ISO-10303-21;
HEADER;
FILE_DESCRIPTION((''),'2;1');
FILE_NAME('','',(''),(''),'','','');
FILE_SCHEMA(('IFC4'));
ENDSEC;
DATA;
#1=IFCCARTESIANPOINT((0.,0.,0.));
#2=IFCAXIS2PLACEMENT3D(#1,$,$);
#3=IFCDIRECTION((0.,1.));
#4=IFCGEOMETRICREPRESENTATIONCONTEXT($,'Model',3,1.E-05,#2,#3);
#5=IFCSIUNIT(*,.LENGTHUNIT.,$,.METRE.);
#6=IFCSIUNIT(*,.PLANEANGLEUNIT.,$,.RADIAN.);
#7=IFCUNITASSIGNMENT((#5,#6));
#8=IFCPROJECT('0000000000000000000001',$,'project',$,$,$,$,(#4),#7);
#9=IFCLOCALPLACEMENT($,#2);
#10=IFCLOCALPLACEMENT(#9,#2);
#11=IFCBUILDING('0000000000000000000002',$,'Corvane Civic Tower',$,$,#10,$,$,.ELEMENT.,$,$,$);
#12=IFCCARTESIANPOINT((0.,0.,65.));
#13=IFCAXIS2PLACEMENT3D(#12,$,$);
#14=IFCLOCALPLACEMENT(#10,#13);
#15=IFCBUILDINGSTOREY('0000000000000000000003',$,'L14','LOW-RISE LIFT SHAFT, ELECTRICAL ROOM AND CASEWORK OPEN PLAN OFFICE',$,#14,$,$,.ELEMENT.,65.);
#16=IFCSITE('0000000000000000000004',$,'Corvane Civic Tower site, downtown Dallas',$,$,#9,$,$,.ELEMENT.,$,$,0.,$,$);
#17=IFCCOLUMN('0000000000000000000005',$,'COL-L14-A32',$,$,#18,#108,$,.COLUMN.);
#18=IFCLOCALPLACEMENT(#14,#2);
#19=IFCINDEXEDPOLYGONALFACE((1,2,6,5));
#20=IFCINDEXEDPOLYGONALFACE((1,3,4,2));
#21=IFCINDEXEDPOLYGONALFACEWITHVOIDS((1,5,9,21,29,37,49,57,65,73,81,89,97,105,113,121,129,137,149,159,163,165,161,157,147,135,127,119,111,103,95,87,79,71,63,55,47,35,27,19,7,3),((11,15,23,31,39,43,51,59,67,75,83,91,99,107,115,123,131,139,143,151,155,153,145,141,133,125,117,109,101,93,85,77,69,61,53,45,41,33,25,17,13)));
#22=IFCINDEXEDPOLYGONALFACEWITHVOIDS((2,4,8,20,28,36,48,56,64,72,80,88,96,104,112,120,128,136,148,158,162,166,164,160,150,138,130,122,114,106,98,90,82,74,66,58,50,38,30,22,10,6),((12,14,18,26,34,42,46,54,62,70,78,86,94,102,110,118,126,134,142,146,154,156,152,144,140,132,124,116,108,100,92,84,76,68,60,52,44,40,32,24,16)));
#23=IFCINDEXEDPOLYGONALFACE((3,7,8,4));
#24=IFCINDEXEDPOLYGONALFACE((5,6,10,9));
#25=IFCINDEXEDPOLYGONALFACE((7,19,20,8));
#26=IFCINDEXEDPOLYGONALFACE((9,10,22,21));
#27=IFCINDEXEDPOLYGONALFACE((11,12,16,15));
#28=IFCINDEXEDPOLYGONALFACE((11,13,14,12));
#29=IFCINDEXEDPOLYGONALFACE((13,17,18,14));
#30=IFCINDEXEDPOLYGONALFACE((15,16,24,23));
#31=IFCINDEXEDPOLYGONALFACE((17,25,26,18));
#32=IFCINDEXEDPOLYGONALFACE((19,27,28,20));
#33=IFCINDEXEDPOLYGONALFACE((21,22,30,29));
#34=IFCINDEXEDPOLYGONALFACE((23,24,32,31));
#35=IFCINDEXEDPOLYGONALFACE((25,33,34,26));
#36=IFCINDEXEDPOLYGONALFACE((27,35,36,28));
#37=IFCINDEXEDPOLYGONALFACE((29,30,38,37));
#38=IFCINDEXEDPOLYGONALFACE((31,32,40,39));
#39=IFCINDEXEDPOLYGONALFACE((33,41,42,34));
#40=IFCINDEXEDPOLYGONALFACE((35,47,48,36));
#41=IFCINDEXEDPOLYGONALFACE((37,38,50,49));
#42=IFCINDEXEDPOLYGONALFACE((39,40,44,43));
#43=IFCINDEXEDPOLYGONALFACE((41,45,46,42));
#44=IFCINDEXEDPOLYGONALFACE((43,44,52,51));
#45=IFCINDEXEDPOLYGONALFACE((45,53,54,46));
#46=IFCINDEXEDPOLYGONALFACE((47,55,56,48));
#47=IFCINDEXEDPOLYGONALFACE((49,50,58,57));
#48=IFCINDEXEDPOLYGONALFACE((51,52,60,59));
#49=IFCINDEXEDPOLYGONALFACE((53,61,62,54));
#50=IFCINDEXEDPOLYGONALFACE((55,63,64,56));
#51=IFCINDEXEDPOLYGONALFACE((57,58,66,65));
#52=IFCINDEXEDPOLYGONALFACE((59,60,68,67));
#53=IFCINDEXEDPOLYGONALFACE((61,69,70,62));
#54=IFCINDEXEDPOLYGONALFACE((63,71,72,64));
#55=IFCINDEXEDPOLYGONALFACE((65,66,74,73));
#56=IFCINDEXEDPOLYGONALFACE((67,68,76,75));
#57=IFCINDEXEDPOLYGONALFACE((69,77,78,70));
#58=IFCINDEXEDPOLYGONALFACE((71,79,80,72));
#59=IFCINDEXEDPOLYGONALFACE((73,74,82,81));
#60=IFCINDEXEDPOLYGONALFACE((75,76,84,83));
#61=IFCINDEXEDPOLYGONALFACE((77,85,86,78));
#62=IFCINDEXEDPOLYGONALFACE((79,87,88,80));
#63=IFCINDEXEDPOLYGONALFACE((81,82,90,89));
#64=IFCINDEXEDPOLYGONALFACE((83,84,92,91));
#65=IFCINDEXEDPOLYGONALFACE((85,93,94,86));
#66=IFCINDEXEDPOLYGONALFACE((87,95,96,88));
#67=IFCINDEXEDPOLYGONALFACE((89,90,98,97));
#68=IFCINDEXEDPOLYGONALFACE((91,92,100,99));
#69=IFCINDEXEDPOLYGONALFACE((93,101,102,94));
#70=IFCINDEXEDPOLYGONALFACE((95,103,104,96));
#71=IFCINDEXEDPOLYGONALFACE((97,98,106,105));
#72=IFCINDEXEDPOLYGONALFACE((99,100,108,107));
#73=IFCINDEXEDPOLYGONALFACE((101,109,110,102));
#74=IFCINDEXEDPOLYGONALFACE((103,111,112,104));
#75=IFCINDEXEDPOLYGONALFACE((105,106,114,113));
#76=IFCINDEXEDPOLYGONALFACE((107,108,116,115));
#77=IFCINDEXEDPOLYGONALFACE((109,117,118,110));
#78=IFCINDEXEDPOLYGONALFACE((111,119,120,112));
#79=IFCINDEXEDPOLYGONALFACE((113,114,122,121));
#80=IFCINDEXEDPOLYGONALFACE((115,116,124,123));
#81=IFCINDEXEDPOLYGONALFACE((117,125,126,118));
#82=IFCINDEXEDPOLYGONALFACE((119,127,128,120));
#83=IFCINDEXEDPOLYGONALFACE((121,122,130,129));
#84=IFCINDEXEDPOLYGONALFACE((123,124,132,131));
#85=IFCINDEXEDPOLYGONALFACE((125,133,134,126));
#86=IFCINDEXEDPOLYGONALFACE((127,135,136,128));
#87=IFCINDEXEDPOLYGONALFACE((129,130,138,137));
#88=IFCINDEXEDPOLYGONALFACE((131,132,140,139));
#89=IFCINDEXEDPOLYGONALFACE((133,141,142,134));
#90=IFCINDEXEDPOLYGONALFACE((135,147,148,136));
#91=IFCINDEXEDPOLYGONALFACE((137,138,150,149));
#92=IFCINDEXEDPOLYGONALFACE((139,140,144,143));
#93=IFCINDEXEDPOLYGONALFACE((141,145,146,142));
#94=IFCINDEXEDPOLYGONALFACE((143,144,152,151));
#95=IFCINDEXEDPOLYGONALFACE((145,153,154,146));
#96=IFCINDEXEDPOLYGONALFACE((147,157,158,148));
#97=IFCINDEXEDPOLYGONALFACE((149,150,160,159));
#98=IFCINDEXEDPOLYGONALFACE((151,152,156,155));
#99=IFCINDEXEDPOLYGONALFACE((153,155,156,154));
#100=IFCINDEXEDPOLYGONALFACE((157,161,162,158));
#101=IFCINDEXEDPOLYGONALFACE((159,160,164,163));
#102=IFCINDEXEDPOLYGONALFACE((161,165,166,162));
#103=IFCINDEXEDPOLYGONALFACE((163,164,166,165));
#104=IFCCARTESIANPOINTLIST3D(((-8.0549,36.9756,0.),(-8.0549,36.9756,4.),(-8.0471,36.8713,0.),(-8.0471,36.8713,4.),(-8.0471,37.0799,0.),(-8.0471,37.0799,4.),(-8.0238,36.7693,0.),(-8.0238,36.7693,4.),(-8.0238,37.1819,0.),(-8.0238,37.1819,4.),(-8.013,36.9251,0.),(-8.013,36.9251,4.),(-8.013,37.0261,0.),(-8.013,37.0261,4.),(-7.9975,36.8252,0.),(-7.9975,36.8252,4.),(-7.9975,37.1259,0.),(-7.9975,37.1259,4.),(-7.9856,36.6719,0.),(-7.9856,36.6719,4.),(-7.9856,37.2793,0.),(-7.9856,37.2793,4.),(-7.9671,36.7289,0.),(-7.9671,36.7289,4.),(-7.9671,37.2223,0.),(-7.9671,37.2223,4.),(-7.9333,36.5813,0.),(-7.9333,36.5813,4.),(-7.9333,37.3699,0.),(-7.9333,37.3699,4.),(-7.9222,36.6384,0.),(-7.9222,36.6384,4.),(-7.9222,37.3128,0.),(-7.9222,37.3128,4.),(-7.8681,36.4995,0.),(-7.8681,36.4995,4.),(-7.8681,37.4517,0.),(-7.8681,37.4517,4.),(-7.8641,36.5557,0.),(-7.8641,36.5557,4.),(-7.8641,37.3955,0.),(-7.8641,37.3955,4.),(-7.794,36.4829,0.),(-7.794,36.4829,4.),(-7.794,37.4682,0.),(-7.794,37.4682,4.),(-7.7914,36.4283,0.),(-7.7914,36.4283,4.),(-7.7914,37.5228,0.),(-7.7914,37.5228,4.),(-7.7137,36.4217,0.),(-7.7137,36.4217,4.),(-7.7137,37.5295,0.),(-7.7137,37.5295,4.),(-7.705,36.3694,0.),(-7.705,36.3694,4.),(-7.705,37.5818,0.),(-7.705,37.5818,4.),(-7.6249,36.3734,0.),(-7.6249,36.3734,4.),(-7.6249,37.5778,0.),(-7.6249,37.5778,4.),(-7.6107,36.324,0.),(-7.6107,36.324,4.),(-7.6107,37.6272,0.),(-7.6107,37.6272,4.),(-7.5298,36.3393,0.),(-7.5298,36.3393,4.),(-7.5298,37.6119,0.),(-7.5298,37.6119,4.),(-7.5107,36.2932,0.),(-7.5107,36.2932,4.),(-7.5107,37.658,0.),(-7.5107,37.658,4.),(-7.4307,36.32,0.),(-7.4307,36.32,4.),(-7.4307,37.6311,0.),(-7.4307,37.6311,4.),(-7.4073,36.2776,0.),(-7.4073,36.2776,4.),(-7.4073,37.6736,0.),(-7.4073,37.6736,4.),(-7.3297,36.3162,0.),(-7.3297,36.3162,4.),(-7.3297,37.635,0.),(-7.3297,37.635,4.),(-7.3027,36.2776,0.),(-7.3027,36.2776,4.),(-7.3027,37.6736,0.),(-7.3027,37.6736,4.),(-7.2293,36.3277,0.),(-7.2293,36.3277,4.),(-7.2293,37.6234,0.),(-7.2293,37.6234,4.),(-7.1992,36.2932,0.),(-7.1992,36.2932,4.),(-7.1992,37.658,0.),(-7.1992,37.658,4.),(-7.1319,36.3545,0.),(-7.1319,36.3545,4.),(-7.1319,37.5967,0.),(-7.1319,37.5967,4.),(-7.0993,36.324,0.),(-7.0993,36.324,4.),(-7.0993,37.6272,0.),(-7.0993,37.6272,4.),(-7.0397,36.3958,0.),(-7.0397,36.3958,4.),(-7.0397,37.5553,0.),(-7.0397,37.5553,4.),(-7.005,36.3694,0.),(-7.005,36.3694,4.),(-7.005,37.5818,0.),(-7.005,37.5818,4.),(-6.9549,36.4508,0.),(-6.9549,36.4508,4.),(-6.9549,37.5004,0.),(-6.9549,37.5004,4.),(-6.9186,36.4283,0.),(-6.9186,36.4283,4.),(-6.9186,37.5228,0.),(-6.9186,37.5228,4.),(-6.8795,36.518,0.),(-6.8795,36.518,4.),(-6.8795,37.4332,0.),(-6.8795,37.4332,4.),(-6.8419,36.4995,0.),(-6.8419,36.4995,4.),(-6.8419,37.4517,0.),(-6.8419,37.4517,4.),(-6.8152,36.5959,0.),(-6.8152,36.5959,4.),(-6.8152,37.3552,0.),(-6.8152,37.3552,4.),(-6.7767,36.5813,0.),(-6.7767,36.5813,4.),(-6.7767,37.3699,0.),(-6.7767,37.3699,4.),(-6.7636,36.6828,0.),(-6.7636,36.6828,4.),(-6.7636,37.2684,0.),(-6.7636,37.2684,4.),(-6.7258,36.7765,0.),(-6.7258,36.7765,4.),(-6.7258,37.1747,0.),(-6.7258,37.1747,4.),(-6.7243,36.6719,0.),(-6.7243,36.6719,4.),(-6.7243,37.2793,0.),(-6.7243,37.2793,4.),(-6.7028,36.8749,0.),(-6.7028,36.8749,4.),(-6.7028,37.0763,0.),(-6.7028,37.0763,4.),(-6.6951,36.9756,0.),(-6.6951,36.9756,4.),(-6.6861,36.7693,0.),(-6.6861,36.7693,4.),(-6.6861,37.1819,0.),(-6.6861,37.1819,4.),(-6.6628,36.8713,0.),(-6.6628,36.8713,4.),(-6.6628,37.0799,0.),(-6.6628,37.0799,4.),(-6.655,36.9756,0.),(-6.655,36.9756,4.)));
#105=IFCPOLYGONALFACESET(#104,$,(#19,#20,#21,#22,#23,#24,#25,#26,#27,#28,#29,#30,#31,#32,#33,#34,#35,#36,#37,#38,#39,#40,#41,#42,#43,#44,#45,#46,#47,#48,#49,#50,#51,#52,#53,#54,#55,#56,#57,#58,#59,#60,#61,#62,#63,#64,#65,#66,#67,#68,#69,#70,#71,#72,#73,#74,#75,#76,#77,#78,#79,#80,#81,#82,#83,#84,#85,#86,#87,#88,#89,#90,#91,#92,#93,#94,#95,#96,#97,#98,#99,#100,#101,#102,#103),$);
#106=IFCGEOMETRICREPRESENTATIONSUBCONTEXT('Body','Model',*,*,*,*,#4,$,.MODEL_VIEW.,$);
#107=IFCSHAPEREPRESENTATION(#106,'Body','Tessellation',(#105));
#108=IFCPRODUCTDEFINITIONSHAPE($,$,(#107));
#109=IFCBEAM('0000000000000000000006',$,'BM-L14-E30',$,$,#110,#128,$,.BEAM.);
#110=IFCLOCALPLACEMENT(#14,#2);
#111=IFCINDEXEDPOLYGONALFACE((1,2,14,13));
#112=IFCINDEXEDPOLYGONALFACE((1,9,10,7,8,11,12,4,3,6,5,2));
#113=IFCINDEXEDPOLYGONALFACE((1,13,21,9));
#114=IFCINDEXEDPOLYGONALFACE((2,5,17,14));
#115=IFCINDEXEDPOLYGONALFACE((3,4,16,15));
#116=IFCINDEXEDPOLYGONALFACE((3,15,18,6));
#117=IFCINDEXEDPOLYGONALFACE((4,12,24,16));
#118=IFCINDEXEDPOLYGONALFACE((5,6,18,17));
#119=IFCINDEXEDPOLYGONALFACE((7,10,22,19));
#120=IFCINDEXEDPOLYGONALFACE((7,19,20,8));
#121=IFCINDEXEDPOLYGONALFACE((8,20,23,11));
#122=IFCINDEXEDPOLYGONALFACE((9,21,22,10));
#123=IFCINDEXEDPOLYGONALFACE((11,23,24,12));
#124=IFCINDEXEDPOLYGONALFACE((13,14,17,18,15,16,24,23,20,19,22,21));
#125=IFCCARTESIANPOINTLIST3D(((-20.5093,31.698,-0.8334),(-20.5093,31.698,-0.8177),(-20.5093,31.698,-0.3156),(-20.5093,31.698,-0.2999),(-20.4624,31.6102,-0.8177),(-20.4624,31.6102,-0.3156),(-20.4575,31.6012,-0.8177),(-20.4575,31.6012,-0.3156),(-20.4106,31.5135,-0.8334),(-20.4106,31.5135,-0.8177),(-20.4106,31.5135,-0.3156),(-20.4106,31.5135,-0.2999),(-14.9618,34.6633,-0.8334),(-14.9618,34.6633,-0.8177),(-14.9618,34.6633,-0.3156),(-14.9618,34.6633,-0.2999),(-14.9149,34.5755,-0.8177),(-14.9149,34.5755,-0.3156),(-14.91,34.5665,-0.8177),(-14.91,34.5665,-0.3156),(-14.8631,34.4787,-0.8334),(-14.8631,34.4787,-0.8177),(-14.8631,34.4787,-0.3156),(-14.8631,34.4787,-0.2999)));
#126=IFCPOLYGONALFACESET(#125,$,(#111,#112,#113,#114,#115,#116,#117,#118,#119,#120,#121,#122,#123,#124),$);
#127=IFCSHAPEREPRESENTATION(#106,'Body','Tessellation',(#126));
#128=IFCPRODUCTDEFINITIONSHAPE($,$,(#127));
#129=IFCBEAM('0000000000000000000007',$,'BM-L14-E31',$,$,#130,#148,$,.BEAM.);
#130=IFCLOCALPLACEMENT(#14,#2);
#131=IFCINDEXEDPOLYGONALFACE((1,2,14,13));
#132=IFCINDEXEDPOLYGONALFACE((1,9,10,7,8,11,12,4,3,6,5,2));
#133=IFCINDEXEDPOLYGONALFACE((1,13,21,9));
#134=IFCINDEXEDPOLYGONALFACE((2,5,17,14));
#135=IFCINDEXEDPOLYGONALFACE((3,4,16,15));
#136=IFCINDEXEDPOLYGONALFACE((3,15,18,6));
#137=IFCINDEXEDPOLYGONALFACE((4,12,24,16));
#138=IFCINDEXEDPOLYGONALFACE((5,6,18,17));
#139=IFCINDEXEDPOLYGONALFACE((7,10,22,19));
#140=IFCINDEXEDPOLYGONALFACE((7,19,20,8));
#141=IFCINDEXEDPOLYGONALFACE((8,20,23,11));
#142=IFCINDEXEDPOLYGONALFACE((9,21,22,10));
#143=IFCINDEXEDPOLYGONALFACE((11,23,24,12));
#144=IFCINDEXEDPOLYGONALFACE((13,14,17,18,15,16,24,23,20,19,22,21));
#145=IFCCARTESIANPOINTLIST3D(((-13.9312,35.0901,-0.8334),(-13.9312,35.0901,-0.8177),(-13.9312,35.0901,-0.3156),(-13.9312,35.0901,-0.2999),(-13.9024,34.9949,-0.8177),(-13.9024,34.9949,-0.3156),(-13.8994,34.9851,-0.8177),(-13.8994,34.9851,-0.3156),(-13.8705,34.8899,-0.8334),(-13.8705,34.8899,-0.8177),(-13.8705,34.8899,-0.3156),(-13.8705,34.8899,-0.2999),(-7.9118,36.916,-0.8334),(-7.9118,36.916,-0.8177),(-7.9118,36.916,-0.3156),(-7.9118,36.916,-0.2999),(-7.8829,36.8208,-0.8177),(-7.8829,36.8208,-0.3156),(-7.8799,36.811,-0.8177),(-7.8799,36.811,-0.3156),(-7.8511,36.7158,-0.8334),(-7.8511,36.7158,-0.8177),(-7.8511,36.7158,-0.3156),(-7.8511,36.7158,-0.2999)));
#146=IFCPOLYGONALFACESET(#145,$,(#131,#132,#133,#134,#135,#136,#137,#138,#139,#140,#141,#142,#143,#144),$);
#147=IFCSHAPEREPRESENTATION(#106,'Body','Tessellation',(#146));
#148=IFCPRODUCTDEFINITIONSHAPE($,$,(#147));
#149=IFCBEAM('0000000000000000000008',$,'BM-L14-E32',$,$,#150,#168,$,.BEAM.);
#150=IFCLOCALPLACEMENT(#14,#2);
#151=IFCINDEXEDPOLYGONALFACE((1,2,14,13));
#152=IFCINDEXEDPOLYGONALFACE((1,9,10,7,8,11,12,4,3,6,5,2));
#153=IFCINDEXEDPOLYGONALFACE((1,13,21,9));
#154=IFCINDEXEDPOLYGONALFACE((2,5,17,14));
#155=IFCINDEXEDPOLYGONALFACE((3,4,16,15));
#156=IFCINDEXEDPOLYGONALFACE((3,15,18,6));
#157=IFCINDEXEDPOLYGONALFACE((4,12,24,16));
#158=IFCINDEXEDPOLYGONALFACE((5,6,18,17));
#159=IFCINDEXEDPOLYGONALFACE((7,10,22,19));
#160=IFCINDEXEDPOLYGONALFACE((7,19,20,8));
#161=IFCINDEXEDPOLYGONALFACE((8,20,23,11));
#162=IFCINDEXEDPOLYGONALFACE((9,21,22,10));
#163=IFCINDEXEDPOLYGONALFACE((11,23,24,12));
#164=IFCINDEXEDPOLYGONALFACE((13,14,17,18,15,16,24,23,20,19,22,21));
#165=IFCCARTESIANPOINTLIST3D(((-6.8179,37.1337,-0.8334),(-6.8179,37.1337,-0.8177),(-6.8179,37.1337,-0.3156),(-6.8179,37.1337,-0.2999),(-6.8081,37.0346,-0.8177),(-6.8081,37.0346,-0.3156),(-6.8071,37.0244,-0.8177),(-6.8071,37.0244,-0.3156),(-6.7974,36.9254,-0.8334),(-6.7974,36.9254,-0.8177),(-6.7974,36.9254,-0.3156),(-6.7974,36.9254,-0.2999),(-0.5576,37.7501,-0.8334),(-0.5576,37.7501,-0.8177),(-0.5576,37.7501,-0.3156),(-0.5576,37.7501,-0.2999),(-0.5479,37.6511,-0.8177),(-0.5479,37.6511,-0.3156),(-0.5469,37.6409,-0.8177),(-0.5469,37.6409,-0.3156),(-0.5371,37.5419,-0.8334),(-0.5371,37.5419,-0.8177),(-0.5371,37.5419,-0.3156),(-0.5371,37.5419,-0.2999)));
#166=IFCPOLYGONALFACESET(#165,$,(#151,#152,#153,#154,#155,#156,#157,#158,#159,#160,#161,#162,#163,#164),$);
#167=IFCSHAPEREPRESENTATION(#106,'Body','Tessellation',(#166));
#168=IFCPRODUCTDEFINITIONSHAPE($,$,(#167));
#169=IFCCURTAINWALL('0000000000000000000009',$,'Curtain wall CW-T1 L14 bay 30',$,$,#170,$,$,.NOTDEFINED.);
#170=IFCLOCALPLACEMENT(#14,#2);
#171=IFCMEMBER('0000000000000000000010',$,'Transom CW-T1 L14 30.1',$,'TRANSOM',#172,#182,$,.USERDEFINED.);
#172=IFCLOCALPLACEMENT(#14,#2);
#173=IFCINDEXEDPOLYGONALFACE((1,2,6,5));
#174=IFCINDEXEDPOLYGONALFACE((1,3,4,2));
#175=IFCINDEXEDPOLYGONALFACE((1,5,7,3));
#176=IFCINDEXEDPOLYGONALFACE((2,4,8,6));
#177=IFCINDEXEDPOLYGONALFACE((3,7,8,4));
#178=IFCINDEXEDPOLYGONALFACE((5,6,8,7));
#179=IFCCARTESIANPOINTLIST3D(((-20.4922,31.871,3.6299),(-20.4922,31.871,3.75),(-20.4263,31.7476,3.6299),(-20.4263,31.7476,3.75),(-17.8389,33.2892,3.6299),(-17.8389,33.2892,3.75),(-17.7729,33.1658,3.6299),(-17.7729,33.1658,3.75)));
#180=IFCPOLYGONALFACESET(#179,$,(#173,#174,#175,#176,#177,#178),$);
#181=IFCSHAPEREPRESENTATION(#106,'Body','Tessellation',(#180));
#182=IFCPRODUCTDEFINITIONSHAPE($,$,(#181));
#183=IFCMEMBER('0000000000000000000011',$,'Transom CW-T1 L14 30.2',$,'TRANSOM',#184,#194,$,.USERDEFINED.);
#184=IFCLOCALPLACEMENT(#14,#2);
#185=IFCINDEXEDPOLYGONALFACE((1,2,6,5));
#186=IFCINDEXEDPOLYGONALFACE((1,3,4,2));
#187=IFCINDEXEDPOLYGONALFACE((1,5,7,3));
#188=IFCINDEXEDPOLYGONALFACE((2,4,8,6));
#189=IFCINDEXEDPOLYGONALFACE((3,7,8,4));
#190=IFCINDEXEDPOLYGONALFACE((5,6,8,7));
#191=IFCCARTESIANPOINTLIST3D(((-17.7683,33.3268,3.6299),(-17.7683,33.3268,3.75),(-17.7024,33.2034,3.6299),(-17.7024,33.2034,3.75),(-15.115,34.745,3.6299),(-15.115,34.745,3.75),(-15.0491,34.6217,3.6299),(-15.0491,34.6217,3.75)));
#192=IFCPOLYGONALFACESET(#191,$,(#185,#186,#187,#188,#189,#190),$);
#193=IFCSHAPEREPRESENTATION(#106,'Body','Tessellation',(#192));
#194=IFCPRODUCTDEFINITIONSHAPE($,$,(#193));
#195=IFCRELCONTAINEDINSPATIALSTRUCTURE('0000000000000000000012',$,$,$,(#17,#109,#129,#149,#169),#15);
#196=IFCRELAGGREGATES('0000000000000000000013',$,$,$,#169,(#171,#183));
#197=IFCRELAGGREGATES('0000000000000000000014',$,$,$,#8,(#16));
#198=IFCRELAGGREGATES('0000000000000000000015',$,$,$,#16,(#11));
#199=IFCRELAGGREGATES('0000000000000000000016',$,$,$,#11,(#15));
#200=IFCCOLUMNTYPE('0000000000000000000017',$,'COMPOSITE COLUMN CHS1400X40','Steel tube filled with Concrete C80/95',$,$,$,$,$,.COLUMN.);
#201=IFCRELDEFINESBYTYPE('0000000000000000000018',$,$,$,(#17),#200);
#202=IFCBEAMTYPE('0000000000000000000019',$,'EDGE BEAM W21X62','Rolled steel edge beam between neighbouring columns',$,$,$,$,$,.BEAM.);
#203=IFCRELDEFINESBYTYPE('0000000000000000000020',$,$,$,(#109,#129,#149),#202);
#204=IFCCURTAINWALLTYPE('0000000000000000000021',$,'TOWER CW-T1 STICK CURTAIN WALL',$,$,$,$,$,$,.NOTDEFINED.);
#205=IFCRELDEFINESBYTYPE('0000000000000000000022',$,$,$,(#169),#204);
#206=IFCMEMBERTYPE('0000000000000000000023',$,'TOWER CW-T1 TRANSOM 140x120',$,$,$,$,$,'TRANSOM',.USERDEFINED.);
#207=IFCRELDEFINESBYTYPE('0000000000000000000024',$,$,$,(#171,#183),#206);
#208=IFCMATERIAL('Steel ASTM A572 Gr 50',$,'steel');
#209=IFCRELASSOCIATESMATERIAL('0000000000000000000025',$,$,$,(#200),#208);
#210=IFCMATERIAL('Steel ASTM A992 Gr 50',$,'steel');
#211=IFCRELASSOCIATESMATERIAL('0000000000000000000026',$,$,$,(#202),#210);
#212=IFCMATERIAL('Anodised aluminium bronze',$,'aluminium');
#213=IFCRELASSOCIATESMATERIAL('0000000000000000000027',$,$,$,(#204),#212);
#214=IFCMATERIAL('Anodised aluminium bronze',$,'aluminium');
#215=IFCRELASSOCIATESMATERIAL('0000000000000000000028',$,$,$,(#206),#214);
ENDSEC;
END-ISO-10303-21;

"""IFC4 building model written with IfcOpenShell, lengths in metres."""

from ifc_helpers import new_model, si_unit, direction, frame, origin, origin_2d, place, context, subcontext, project, spatial, rectangle, hollow_circle, i_section, extrude, material, material_profile, profile_set, type_object, element, aggregate, save


model = new_model("IFC4")

# Units and contexts
model_context = context("Model", 3, precision=1e-05, world=origin(), true_north=direction((0.0, 1.0)))
body_context = subcontext(model_context, "Body", "Model", "MODEL_VIEW")
ifc_project = project(units=[si_unit("LENGTHUNIT", "METRE"), si_unit("PLANEANGLEUNIT", "RADIAN")], contexts=[model_context])

# Site, building, storey
site_placement = place(None, origin())
site = spatial("IfcSite", under=ifc_project, at=site_placement, Name="Corvane Civic Tower site, downtown Dallas", CompositionType="ELEMENT", RefElevation=0.0)
building_placement = place(site_placement, origin())
building = spatial("IfcBuilding", under=site, at=building_placement, Name="Corvane Civic Tower", CompositionType="ELEMENT")
storey_placement = place(building_placement, frame((0.0, 0.0, 65.0)))
storey = spatial("IfcBuildingStorey", under=building, at=storey_placement, Name="L14", Description="LOW-RISE LIFT SHAFT, ELECTRICAL ROOM AND CASEWORK OPEN PLAN OFFICE", CompositionType="ELEMENT", Elevation=65.0)

# Column
ifc_material_1 = material(Name="Steel ASTM A572 Gr 50", Category="steel")
ifc_material_profile_1 = material_profile(ifc_material_1, hollow_circle(Radius=0.7, WallThickness=0.04, at=origin_2d()), Name="CHS1400X40")
ifc_profile_set_1 = profile_set([ifc_material_profile_1], Name="Steel ASTM A572 Gr 50")
column_type = type_object("IfcColumnType", Name="COMPOSITE COLUMN CHS1400X40", Description="Steel tube filled with Concrete C80/95", PredefinedType="COLUMN", material=ifc_profile_set_1)
for number, where, z_axis, x_axis, name in (
    (1, (-7.355, 36.9756, 0.0), (0.0, 0.0, 1.0), (1.0, 0.0, 0.0), "COL-L14-A32"),
):
    element("IfcColumn", number, at=place(storey_placement, frame(where, z_axis=z_axis, x_axis=x_axis)), inside=storey, type_object=column_type, Name=name, PredefinedType="COLUMN", context=body_context, shape_type="SweptSolid", body=[
        extrude(hollow_circle(Radius=0.7, WallThickness=0.04, at=origin_2d()), origin(), (0.0, 0.0, 1.0), 4.0),
    ])

# Beams
ifc_material_2 = material(Name="Steel ASTM A992 Gr 50", Category="steel")
ifc_material_profile_2 = material_profile(ifc_material_2, i_section(OverallWidth=0.2092, OverallDepth=0.5334, WebThickness=0.0103, FlangeThickness=0.0156, at=origin_2d()), Name="W21X62")
ifc_profile_set_2 = profile_set([ifc_material_profile_2], Name="Steel ASTM A992 Gr 50")
beam_type = type_object("IfcBeamType", Name="EDGE BEAM W21X62", Description="Rolled steel edge beam between neighbouring columns", PredefinedType="BEAM", material=ifc_profile_set_2)
for number, where, z_axis, x_axis, name in (
    (2, (-20.46, 31.6057, -0.5667), (0.881916, 0.471406, 0.0), (-0.471406, 0.881916, 0.0), "BM-L14-E30"),
    (3, (-13.9009, 34.99, -0.5667), (0.956944, 0.290273, 0.0), (-0.290273, 0.956944, 0.0), "BM-L14-E31"),
):
    element("IfcBeam", number, at=place(storey_placement, frame(where, z_axis=z_axis, x_axis=x_axis)), inside=storey, type_object=beam_type, Name=name, PredefinedType="BEAM", context=body_context, shape_type="SweptSolid", body=[
        extrude(i_section(OverallWidth=0.2092, OverallDepth=0.5334, WebThickness=0.0103, FlangeThickness=0.0156, at=origin_2d()), origin(), (0.0, 0.0, 1.0), 6.2903),
    ])
beam_placement = place(storey_placement, frame((-6.8076, 37.0295, -0.5667), z_axis=(0.995187, 0.097997, 0.0), x_axis=(-0.097997, 0.995187, 0.0)))
element("IfcBeam", 4, at=beam_placement, inside=storey, type_object=beam_type, Name="BM-L14-E32", PredefinedType="BEAM", context=body_context, shape_type="SweptSolid", body=[
    extrude(i_section(OverallWidth=0.2092, OverallDepth=0.5334, WebThickness=0.0103, FlangeThickness=0.0156, at=origin_2d()), origin(), (0.0, 0.0, 1.0), 6.2905),
])

# Curtain wall, members
ifc_material_3 = material(Name="Anodised aluminium bronze", Category="aluminium")
curtain_wall_type = type_object("IfcCurtainWallType", Name="TOWER CW-T1 STICK CURTAIN WALL", PredefinedType="NOTDEFINED", material=ifc_material_3)
curtain_wall_1_placement = place(storey_placement, origin())
curtain_wall_1 = element("IfcCurtainWall", 5, at=curtain_wall_1_placement, inside=storey, type_object=curtain_wall_type, Name="Curtain wall CW-T1 L14 bay 30", PredefinedType="NOTDEFINED")
ifc_material_4 = material(Name="Anodised aluminium bronze", Category="aluminium")
ifc_material_profile_3 = material_profile(ifc_material_4, rectangle(XDim=0.1399, YDim=0.1201, at=origin_2d()), Name="TOWER CW-T1 TRANSOM 140x120")
ifc_profile_set_3 = profile_set([ifc_material_profile_3], Name="Anodised aluminium bronze")
member_type_1 = type_object("IfcMemberType", Name="TOWER CW-T1 TRANSOM 140x120", ElementType="TRANSOM", PredefinedType="USERDEFINED", material=ifc_profile_set_3)
member_1_placement = place(storey_placement, frame((-20.4592, 31.8093, 3.6899), z_axis=(0.881924, 0.471393, 0.0), x_axis=(-0.471393, 0.881924, 0.0)))
member_1 = element("IfcMember", 6, at=member_1_placement, type_object=member_type_1, Name="Transom CW-T1 L14 30.1", ObjectType="TRANSOM", PredefinedType="USERDEFINED", context=body_context, shape_type="SweptSolid", body=[
    extrude(rectangle(XDim=0.1399, YDim=0.1201, at=origin_2d()), origin(), (0.0, 0.0, 1.0), 3.0085),
])
member_2_placement = place(storey_placement, frame((-17.7354, 33.2651, 3.6899), z_axis=(0.881924, 0.471393, 0.0), x_axis=(-0.471393, 0.881924, 0.0)))
member_2 = element("IfcMember", 7, at=member_2_placement, type_object=member_type_1, Name="Transom CW-T1 L14 30.2", ObjectType="TRANSOM", PredefinedType="USERDEFINED", context=body_context, shape_type="SweptSolid", body=[
    extrude(rectangle(XDim=0.1399, YDim=0.1201, at=origin_2d()), origin(), (0.0, 0.0, 1.0), 3.0085),
])

aggregate(curtain_wall_1, [member_1, member_2])

save(model, "model.ifc")
